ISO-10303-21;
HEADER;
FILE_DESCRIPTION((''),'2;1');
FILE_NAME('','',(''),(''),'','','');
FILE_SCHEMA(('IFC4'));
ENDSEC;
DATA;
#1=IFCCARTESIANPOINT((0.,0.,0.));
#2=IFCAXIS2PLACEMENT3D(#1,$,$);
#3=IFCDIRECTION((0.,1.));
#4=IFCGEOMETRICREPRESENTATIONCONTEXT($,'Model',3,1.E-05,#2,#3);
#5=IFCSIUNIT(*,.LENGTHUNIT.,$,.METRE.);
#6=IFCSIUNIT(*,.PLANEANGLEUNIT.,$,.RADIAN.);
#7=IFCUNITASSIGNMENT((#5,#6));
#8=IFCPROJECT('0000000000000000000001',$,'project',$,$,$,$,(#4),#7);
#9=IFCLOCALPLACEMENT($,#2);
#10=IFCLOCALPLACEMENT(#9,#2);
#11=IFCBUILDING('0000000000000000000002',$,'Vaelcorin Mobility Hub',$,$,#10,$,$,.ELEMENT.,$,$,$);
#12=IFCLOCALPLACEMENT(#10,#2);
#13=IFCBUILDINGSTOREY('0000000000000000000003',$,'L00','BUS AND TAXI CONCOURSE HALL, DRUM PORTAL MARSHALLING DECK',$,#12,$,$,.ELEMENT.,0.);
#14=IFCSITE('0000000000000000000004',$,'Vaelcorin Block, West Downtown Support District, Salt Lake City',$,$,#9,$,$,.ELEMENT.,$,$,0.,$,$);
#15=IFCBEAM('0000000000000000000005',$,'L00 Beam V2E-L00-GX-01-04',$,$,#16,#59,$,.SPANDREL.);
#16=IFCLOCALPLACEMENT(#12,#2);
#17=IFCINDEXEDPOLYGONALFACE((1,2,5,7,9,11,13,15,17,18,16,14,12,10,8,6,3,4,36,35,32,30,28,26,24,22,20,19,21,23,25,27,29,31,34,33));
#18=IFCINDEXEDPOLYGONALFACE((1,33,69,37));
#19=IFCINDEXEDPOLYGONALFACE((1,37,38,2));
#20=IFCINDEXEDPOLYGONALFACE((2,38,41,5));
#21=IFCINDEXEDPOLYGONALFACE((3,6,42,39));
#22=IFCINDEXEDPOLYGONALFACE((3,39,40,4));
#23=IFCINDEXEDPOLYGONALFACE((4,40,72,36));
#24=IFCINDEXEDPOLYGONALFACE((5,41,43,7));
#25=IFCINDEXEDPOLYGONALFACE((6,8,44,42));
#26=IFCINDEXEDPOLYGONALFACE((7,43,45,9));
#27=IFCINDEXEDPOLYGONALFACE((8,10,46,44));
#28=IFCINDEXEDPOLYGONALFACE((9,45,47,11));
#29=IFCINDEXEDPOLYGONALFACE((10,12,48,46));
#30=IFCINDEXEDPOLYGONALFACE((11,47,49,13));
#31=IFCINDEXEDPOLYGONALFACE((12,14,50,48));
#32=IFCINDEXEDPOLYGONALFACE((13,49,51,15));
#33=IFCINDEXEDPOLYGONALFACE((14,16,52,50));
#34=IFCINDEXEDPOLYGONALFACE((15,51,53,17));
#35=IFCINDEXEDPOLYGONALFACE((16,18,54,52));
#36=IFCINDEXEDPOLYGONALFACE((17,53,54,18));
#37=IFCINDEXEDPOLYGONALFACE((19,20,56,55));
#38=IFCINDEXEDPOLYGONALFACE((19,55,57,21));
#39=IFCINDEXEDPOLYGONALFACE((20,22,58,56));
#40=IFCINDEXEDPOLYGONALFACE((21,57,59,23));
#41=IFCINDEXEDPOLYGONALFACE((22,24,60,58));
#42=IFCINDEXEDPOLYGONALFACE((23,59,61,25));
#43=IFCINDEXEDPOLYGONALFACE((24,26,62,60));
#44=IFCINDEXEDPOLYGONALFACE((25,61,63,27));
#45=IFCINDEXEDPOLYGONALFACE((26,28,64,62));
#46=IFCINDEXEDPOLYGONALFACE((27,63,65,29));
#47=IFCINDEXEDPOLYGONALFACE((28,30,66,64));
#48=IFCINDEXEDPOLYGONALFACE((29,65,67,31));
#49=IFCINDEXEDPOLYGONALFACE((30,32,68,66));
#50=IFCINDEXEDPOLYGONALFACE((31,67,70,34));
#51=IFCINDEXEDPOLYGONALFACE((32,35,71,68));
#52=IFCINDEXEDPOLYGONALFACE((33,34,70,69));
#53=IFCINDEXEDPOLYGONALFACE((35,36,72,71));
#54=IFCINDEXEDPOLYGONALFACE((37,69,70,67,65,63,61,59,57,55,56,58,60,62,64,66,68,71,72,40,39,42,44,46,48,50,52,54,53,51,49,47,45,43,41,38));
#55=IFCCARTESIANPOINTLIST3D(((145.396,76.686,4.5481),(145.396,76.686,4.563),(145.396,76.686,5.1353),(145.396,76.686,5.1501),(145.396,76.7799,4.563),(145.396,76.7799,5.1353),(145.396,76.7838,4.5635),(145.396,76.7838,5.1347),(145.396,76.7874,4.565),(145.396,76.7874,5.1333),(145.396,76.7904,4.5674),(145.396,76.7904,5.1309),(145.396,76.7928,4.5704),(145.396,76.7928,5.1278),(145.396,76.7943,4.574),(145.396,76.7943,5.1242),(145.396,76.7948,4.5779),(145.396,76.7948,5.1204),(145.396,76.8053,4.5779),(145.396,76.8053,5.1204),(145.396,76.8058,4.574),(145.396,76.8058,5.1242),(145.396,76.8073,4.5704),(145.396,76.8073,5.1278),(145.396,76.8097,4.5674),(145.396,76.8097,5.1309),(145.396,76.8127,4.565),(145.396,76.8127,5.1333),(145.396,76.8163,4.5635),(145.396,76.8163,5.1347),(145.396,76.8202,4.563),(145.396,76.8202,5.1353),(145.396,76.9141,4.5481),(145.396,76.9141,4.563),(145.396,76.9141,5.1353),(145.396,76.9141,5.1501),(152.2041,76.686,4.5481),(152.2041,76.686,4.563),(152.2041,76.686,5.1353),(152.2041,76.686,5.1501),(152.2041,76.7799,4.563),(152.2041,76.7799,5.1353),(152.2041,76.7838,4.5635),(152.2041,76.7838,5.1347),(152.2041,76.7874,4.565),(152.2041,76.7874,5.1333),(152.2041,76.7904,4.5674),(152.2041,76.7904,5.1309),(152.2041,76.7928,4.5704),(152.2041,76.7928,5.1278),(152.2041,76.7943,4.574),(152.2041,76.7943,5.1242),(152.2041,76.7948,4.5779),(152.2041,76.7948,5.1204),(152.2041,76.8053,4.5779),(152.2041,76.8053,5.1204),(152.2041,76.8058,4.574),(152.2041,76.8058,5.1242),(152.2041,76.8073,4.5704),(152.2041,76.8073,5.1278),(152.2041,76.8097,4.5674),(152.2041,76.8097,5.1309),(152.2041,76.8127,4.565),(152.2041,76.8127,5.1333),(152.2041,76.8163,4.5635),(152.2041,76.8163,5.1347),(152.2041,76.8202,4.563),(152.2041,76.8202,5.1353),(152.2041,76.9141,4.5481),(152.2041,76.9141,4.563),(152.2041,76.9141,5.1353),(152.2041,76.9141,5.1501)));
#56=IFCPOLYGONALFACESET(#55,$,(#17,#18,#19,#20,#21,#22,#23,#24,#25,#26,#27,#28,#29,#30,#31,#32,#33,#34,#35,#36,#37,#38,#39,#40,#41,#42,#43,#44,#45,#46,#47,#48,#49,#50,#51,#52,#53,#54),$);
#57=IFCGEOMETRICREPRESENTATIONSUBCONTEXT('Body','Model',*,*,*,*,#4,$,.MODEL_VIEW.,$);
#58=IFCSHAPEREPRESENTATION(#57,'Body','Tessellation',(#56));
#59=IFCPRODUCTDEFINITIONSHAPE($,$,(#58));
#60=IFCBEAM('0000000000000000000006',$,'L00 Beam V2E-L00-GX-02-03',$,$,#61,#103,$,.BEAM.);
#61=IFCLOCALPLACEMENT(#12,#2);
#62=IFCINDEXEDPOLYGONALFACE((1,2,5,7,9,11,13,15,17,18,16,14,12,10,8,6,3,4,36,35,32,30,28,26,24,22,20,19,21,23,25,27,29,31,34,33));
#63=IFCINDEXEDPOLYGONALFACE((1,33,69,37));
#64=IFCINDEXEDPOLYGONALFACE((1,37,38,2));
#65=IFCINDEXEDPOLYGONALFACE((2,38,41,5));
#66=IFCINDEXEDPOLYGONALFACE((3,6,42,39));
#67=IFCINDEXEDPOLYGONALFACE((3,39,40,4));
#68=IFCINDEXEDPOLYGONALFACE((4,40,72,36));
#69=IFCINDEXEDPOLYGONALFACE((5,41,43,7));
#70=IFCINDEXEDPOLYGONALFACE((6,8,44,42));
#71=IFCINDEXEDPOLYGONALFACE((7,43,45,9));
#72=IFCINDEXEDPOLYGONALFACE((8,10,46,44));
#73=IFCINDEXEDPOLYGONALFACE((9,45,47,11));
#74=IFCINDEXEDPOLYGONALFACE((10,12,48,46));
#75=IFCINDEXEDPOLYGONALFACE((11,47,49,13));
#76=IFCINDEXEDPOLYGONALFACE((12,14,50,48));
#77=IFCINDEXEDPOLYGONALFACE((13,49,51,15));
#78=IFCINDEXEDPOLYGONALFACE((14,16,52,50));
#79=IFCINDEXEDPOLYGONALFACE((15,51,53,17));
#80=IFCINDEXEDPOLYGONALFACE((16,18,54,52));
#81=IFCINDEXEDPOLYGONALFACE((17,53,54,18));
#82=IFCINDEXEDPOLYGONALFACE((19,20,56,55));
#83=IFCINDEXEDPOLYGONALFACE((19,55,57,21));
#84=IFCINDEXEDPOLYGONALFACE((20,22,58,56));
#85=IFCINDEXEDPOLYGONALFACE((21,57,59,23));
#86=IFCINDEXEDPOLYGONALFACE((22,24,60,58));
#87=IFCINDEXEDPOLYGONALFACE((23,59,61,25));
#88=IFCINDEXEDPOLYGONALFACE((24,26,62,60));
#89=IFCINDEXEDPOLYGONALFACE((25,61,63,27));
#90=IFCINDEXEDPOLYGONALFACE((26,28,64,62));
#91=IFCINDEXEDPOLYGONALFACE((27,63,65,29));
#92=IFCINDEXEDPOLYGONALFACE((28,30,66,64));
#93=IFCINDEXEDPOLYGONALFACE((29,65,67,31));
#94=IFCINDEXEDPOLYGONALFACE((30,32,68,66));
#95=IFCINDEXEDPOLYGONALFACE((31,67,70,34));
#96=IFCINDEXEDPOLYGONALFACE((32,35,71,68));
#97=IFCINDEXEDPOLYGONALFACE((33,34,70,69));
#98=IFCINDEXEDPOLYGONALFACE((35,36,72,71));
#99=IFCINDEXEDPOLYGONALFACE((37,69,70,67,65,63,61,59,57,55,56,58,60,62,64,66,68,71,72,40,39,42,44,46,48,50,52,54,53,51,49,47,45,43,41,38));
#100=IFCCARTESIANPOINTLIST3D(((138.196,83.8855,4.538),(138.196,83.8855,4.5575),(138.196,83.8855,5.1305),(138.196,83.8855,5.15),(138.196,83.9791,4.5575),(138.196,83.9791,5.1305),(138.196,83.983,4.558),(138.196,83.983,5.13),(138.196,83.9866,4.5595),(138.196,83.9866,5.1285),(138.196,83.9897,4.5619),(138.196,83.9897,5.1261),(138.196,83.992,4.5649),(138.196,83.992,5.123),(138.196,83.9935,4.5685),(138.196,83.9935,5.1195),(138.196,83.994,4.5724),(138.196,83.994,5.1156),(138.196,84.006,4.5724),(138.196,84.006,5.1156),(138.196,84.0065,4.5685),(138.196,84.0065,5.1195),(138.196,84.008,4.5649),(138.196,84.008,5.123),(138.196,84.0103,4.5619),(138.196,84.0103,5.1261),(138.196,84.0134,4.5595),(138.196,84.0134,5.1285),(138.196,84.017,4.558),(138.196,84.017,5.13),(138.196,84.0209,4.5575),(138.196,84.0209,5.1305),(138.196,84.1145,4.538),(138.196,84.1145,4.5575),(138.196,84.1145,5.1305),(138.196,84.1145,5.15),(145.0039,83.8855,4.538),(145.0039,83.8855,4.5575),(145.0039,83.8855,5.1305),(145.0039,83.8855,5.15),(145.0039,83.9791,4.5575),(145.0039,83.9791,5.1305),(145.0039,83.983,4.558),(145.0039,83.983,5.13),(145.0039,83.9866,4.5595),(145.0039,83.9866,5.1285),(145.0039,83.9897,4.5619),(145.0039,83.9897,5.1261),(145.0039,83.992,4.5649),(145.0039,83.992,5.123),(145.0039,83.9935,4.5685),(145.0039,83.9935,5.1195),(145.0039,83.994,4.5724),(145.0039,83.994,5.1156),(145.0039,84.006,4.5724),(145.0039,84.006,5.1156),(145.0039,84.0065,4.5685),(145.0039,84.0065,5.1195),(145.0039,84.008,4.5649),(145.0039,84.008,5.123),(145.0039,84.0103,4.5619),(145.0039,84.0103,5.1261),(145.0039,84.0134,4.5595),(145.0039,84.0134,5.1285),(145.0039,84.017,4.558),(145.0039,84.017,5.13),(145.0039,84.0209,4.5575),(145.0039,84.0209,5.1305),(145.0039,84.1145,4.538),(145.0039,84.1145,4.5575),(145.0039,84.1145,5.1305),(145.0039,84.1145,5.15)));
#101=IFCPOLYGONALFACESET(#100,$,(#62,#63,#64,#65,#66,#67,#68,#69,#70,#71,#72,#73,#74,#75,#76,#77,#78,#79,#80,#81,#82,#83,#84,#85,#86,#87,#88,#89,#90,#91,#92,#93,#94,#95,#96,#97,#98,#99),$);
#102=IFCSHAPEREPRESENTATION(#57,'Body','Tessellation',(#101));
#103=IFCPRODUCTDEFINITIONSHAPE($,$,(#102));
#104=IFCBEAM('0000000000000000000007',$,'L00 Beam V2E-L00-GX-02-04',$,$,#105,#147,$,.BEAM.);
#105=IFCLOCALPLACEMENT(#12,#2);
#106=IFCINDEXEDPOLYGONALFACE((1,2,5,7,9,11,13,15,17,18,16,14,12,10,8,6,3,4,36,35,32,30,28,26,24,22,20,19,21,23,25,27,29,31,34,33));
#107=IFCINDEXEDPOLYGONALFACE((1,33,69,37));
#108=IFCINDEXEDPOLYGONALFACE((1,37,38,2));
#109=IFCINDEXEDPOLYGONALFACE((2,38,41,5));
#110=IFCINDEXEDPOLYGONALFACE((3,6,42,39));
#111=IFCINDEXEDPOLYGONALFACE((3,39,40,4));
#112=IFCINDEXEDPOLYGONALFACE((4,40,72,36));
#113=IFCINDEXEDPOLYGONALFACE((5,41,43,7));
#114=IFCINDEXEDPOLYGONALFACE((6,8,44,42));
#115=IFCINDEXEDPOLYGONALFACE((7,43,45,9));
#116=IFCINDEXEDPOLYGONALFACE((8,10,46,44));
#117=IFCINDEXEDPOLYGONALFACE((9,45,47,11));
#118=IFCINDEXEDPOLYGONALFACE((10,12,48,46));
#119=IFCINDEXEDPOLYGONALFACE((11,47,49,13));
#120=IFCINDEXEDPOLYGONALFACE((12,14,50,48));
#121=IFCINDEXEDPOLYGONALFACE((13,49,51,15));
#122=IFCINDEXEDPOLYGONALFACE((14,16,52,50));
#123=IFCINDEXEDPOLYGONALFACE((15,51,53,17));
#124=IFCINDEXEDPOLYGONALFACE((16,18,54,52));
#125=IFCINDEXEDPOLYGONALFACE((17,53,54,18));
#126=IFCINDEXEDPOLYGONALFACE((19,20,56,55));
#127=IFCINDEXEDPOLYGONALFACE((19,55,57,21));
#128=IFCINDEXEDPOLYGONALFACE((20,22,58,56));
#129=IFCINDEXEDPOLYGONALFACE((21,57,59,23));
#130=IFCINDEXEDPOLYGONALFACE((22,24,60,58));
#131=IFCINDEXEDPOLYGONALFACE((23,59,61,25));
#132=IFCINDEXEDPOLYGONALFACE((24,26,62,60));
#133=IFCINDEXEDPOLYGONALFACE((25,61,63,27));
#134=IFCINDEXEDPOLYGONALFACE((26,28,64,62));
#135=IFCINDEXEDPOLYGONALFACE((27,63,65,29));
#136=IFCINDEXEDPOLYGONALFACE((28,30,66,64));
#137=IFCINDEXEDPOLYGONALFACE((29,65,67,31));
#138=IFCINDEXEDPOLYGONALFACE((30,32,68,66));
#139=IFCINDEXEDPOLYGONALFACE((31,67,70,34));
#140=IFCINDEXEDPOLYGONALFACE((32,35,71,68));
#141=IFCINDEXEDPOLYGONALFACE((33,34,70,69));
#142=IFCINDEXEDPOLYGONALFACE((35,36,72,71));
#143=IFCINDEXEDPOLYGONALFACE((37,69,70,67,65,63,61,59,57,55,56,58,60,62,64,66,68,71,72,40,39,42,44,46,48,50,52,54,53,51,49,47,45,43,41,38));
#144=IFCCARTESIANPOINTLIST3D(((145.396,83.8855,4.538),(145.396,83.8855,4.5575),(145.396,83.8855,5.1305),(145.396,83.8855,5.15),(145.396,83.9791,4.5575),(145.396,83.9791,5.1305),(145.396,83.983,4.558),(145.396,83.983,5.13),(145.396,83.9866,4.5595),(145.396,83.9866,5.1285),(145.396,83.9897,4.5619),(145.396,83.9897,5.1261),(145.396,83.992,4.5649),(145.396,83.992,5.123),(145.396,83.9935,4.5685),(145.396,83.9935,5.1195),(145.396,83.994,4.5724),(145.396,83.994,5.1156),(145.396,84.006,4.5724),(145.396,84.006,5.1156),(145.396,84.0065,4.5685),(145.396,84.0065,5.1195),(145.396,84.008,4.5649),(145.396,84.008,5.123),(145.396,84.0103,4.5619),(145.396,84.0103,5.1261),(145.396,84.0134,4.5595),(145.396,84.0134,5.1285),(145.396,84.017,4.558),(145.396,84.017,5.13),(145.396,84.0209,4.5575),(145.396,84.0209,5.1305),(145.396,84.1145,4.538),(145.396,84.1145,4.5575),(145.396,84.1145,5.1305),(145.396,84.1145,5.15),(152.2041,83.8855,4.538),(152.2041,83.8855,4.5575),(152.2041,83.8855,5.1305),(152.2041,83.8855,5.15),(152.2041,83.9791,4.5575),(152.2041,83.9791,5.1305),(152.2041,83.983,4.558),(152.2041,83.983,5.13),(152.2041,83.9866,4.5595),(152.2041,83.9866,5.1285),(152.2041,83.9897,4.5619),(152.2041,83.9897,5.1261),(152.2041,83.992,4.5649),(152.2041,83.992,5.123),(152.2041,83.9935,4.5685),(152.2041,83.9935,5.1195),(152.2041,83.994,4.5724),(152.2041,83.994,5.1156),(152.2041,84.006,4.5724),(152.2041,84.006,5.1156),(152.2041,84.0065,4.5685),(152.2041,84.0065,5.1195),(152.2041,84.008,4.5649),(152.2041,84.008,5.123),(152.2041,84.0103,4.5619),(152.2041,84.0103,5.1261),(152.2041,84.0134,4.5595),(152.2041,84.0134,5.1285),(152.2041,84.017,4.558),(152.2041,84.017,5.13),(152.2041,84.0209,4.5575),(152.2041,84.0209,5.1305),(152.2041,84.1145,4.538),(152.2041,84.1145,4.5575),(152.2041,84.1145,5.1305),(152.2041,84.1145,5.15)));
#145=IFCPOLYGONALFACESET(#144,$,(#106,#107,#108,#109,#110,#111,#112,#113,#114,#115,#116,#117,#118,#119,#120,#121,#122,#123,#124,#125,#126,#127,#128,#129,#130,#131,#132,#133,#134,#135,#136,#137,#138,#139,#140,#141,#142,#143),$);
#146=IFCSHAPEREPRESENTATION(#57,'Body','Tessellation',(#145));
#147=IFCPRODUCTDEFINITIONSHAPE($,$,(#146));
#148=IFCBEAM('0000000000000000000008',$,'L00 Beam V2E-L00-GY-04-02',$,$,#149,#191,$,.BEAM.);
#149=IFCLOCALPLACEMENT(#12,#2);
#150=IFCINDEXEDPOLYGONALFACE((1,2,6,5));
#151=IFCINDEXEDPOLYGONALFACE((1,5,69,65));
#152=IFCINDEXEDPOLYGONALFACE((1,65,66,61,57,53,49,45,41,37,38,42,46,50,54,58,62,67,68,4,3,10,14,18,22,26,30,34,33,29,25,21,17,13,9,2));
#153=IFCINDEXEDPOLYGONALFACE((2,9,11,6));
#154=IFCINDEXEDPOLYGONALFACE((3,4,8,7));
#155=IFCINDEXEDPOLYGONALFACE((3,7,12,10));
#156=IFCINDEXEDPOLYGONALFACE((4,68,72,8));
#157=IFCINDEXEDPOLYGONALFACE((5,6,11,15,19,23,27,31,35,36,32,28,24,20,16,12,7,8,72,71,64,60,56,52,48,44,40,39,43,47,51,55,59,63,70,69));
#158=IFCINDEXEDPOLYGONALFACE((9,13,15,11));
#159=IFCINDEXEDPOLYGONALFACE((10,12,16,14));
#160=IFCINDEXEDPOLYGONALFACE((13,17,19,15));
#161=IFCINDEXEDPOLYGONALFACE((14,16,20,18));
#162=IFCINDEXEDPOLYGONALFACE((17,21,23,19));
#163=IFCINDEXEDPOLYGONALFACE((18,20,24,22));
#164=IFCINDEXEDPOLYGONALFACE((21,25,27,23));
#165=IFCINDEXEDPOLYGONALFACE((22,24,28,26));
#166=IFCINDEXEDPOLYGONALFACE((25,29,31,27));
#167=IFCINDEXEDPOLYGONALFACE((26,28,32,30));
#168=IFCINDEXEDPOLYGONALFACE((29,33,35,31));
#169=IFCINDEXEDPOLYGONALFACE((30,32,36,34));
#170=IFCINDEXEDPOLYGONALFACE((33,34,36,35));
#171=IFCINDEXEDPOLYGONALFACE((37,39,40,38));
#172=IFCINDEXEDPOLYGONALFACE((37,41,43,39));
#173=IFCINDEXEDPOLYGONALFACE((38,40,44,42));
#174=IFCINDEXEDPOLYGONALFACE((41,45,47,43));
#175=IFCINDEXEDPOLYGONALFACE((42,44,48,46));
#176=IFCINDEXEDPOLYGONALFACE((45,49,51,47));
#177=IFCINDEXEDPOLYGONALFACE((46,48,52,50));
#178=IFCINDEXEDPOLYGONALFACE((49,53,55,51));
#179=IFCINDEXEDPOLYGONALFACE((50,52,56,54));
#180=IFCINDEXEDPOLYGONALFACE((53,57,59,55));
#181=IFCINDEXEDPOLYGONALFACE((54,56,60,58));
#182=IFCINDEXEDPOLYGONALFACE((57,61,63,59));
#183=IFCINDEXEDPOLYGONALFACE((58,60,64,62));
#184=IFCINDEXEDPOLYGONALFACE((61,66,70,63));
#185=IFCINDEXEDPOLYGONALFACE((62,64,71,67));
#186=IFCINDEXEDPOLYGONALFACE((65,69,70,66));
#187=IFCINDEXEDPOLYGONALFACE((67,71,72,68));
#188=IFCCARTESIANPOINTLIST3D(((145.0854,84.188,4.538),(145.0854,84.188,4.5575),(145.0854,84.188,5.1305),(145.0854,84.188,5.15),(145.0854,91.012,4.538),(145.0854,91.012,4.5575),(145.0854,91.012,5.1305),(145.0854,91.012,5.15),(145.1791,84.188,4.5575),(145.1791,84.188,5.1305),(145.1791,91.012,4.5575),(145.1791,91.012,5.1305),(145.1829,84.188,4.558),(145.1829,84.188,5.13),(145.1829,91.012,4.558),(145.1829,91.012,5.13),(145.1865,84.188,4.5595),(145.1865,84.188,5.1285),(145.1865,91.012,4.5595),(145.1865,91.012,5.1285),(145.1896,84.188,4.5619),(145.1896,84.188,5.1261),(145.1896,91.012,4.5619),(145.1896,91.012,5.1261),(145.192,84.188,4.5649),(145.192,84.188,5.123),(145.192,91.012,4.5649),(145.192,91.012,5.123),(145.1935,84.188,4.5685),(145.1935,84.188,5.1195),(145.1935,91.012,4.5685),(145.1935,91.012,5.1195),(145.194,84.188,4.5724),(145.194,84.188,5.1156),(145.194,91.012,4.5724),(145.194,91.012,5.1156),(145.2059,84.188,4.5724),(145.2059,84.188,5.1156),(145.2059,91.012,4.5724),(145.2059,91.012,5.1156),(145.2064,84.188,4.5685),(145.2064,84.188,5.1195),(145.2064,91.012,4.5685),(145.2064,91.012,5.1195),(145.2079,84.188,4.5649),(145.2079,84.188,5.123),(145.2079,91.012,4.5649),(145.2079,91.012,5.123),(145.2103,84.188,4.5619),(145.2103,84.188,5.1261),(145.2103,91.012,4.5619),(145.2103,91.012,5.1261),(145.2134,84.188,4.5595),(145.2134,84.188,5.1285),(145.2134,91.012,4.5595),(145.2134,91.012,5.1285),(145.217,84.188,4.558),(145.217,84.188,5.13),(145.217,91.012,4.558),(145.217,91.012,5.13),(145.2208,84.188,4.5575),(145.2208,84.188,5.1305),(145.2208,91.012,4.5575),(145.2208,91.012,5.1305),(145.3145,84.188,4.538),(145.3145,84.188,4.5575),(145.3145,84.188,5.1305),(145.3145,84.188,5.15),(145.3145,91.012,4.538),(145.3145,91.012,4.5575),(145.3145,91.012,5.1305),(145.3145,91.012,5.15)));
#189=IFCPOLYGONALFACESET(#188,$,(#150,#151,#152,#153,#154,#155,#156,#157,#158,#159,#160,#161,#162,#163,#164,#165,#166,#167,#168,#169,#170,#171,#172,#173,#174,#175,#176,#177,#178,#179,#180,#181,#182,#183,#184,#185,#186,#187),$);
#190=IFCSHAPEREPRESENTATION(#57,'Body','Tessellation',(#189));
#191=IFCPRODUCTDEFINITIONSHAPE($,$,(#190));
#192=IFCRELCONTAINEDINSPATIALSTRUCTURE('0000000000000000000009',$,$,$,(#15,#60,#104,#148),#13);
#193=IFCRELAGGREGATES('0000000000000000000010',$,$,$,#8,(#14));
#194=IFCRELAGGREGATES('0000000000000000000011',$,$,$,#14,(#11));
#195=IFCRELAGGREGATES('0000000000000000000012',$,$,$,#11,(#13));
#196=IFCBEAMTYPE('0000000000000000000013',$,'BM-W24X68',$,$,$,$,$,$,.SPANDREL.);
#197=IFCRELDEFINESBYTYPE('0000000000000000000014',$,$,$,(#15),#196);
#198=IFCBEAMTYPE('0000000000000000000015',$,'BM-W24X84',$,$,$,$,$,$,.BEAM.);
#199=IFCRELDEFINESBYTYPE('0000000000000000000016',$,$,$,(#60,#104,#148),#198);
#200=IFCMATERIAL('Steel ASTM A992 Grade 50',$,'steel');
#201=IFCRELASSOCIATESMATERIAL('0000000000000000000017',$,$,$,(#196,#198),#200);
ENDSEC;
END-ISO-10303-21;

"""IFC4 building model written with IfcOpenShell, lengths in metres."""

from ifc_helpers import new_model, si_unit, direction, frame, origin, origin_2d, place, context, subcontext, project, spatial, i_section, extrude, material, material_profile, profile_set, type_object, element, save


model = new_model("IFC4")

# Units and contexts
model_context = context("Model", 3, precision=1e-05, world=origin(), true_north=direction((0.0, 1.0)))
body_context = subcontext(model_context, "Body", "Model", "MODEL_VIEW")
ifc_project = project(units=[si_unit("LENGTHUNIT", "METRE"), si_unit("PLANEANGLEUNIT", "RADIAN")], contexts=[model_context])

# Site, building, storey
site_placement = place(None, origin())
site = spatial("IfcSite", under=ifc_project, at=site_placement, Name="Vaelcorin Block, West Downtown Support District, Salt Lake City", CompositionType="ELEMENT", RefElevation=0.0)
building_placement = place(site_placement, origin())
building = spatial("IfcBuilding", under=site, at=building_placement, Name="Vaelcorin Mobility Hub", CompositionType="ELEMENT")
storey_placement = place(building_placement, origin())
storey = spatial("IfcBuildingStorey", under=building, at=storey_placement, Name="L00", Description="BUS AND TAXI CONCOURSE HALL, DRUM PORTAL MARSHALLING DECK", CompositionType="ELEMENT", Elevation=0.0)

# Shared definitions
ifc_material_1 = material(Name="Steel ASTM A992 Grade 50", Category="steel")

# Beams
ifc_material_profile_1 = material_profile(ifc_material_1, i_section(OverallWidth=0.228, OverallDepth=0.6021, WebThickness=0.0105, FlangeThickness=0.0149, FilletRadius=0.0149, at=origin_2d()), Name="W24X68")
ifc_profile_set_1 = profile_set([ifc_material_profile_1], Name="Steel ASTM A992 Grade 50")
beam_type_1 = type_object("IfcBeamType", Name="BM-W24X68", PredefinedType="SPANDREL", material=ifc_profile_set_1)
beam_1_placement = place(storey_placement, frame((145.396, 76.8, 4.8491), z_axis=(1.0, 0.0, 0.0), x_axis=(0.0, 1.0, 0.0)))
element("IfcBeam", 1, at=beam_1_placement, inside=storey, type_object=beam_type_1, Name="L00 Beam V2E-L00-GX-01-04", PredefinedType="SPANDREL", context=body_context, shape_type="SweptSolid", body=[
    extrude(i_section(OverallWidth=0.228, OverallDepth=0.6021, WebThickness=0.0105, FlangeThickness=0.0149, FilletRadius=0.0149, at=origin_2d()), origin(), (0.0, 0.0, 1.0), 6.8081),
])
ifc_material_profile_2 = material_profile(ifc_material_1, i_section(OverallWidth=0.229, OverallDepth=0.6121, WebThickness=0.012, FlangeThickness=0.0195, FilletRadius=0.0149, at=origin_2d()), Name="W24X84")
ifc_profile_set_2 = profile_set([ifc_material_profile_2], Name="Steel ASTM A992 Grade 50")
beam_type_2 = type_object("IfcBeamType", Name="BM-W24X84", PredefinedType="BEAM", material=ifc_profile_set_2)
beam_2_placement = place(storey_placement, frame((138.196, 84.0, 4.844), z_axis=(1.0, 0.0, 0.0), x_axis=(0.0, 1.0, 0.0)))
element("IfcBeam", 2, at=beam_2_placement, inside=storey, type_object=beam_type_2, Name="L00 Beam V2E-L00-GX-02-03", PredefinedType="BEAM", context=body_context, shape_type="SweptSolid", body=[
    extrude(i_section(OverallWidth=0.229, OverallDepth=0.6121, WebThickness=0.012, FlangeThickness=0.0195, FilletRadius=0.0149, at=origin_2d()), origin(), (0.0, 0.0, 1.0), 6.8079),
])
beam_3_placement = place(storey_placement, frame((145.396, 84.0, 4.844), z_axis=(1.0, 0.0, 0.0), x_axis=(0.0, 1.0, 0.0)))
element("IfcBeam", 3, at=beam_3_placement, inside=storey, type_object=beam_type_2, Name="L00 Beam V2E-L00-GX-02-04", PredefinedType="BEAM", context=body_context, shape_type="SweptSolid", body=[
    extrude(i_section(OverallWidth=0.229, OverallDepth=0.6121, WebThickness=0.012, FlangeThickness=0.0195, FilletRadius=0.0149, at=origin_2d()), origin(), (0.0, 0.0, 1.0), 6.8081),
])
beam_4_placement = place(storey_placement, frame((145.2, 84.188, 4.844), z_axis=(0.0, 1.0, 0.0), x_axis=(-1.0, 0.0, 0.0)))
element("IfcBeam", 4, at=beam_4_placement, inside=storey, type_object=beam_type_2, Name="L00 Beam V2E-L00-GY-04-02", PredefinedType="BEAM", context=body_context, shape_type="SweptSolid", body=[
    extrude(i_section(OverallWidth=0.229, OverallDepth=0.6121, WebThickness=0.012, FlangeThickness=0.0195, FilletRadius=0.0149, at=origin_2d()), origin(), (0.0, 0.0, 1.0), 6.824),
])

save(model, "model.ifc")
